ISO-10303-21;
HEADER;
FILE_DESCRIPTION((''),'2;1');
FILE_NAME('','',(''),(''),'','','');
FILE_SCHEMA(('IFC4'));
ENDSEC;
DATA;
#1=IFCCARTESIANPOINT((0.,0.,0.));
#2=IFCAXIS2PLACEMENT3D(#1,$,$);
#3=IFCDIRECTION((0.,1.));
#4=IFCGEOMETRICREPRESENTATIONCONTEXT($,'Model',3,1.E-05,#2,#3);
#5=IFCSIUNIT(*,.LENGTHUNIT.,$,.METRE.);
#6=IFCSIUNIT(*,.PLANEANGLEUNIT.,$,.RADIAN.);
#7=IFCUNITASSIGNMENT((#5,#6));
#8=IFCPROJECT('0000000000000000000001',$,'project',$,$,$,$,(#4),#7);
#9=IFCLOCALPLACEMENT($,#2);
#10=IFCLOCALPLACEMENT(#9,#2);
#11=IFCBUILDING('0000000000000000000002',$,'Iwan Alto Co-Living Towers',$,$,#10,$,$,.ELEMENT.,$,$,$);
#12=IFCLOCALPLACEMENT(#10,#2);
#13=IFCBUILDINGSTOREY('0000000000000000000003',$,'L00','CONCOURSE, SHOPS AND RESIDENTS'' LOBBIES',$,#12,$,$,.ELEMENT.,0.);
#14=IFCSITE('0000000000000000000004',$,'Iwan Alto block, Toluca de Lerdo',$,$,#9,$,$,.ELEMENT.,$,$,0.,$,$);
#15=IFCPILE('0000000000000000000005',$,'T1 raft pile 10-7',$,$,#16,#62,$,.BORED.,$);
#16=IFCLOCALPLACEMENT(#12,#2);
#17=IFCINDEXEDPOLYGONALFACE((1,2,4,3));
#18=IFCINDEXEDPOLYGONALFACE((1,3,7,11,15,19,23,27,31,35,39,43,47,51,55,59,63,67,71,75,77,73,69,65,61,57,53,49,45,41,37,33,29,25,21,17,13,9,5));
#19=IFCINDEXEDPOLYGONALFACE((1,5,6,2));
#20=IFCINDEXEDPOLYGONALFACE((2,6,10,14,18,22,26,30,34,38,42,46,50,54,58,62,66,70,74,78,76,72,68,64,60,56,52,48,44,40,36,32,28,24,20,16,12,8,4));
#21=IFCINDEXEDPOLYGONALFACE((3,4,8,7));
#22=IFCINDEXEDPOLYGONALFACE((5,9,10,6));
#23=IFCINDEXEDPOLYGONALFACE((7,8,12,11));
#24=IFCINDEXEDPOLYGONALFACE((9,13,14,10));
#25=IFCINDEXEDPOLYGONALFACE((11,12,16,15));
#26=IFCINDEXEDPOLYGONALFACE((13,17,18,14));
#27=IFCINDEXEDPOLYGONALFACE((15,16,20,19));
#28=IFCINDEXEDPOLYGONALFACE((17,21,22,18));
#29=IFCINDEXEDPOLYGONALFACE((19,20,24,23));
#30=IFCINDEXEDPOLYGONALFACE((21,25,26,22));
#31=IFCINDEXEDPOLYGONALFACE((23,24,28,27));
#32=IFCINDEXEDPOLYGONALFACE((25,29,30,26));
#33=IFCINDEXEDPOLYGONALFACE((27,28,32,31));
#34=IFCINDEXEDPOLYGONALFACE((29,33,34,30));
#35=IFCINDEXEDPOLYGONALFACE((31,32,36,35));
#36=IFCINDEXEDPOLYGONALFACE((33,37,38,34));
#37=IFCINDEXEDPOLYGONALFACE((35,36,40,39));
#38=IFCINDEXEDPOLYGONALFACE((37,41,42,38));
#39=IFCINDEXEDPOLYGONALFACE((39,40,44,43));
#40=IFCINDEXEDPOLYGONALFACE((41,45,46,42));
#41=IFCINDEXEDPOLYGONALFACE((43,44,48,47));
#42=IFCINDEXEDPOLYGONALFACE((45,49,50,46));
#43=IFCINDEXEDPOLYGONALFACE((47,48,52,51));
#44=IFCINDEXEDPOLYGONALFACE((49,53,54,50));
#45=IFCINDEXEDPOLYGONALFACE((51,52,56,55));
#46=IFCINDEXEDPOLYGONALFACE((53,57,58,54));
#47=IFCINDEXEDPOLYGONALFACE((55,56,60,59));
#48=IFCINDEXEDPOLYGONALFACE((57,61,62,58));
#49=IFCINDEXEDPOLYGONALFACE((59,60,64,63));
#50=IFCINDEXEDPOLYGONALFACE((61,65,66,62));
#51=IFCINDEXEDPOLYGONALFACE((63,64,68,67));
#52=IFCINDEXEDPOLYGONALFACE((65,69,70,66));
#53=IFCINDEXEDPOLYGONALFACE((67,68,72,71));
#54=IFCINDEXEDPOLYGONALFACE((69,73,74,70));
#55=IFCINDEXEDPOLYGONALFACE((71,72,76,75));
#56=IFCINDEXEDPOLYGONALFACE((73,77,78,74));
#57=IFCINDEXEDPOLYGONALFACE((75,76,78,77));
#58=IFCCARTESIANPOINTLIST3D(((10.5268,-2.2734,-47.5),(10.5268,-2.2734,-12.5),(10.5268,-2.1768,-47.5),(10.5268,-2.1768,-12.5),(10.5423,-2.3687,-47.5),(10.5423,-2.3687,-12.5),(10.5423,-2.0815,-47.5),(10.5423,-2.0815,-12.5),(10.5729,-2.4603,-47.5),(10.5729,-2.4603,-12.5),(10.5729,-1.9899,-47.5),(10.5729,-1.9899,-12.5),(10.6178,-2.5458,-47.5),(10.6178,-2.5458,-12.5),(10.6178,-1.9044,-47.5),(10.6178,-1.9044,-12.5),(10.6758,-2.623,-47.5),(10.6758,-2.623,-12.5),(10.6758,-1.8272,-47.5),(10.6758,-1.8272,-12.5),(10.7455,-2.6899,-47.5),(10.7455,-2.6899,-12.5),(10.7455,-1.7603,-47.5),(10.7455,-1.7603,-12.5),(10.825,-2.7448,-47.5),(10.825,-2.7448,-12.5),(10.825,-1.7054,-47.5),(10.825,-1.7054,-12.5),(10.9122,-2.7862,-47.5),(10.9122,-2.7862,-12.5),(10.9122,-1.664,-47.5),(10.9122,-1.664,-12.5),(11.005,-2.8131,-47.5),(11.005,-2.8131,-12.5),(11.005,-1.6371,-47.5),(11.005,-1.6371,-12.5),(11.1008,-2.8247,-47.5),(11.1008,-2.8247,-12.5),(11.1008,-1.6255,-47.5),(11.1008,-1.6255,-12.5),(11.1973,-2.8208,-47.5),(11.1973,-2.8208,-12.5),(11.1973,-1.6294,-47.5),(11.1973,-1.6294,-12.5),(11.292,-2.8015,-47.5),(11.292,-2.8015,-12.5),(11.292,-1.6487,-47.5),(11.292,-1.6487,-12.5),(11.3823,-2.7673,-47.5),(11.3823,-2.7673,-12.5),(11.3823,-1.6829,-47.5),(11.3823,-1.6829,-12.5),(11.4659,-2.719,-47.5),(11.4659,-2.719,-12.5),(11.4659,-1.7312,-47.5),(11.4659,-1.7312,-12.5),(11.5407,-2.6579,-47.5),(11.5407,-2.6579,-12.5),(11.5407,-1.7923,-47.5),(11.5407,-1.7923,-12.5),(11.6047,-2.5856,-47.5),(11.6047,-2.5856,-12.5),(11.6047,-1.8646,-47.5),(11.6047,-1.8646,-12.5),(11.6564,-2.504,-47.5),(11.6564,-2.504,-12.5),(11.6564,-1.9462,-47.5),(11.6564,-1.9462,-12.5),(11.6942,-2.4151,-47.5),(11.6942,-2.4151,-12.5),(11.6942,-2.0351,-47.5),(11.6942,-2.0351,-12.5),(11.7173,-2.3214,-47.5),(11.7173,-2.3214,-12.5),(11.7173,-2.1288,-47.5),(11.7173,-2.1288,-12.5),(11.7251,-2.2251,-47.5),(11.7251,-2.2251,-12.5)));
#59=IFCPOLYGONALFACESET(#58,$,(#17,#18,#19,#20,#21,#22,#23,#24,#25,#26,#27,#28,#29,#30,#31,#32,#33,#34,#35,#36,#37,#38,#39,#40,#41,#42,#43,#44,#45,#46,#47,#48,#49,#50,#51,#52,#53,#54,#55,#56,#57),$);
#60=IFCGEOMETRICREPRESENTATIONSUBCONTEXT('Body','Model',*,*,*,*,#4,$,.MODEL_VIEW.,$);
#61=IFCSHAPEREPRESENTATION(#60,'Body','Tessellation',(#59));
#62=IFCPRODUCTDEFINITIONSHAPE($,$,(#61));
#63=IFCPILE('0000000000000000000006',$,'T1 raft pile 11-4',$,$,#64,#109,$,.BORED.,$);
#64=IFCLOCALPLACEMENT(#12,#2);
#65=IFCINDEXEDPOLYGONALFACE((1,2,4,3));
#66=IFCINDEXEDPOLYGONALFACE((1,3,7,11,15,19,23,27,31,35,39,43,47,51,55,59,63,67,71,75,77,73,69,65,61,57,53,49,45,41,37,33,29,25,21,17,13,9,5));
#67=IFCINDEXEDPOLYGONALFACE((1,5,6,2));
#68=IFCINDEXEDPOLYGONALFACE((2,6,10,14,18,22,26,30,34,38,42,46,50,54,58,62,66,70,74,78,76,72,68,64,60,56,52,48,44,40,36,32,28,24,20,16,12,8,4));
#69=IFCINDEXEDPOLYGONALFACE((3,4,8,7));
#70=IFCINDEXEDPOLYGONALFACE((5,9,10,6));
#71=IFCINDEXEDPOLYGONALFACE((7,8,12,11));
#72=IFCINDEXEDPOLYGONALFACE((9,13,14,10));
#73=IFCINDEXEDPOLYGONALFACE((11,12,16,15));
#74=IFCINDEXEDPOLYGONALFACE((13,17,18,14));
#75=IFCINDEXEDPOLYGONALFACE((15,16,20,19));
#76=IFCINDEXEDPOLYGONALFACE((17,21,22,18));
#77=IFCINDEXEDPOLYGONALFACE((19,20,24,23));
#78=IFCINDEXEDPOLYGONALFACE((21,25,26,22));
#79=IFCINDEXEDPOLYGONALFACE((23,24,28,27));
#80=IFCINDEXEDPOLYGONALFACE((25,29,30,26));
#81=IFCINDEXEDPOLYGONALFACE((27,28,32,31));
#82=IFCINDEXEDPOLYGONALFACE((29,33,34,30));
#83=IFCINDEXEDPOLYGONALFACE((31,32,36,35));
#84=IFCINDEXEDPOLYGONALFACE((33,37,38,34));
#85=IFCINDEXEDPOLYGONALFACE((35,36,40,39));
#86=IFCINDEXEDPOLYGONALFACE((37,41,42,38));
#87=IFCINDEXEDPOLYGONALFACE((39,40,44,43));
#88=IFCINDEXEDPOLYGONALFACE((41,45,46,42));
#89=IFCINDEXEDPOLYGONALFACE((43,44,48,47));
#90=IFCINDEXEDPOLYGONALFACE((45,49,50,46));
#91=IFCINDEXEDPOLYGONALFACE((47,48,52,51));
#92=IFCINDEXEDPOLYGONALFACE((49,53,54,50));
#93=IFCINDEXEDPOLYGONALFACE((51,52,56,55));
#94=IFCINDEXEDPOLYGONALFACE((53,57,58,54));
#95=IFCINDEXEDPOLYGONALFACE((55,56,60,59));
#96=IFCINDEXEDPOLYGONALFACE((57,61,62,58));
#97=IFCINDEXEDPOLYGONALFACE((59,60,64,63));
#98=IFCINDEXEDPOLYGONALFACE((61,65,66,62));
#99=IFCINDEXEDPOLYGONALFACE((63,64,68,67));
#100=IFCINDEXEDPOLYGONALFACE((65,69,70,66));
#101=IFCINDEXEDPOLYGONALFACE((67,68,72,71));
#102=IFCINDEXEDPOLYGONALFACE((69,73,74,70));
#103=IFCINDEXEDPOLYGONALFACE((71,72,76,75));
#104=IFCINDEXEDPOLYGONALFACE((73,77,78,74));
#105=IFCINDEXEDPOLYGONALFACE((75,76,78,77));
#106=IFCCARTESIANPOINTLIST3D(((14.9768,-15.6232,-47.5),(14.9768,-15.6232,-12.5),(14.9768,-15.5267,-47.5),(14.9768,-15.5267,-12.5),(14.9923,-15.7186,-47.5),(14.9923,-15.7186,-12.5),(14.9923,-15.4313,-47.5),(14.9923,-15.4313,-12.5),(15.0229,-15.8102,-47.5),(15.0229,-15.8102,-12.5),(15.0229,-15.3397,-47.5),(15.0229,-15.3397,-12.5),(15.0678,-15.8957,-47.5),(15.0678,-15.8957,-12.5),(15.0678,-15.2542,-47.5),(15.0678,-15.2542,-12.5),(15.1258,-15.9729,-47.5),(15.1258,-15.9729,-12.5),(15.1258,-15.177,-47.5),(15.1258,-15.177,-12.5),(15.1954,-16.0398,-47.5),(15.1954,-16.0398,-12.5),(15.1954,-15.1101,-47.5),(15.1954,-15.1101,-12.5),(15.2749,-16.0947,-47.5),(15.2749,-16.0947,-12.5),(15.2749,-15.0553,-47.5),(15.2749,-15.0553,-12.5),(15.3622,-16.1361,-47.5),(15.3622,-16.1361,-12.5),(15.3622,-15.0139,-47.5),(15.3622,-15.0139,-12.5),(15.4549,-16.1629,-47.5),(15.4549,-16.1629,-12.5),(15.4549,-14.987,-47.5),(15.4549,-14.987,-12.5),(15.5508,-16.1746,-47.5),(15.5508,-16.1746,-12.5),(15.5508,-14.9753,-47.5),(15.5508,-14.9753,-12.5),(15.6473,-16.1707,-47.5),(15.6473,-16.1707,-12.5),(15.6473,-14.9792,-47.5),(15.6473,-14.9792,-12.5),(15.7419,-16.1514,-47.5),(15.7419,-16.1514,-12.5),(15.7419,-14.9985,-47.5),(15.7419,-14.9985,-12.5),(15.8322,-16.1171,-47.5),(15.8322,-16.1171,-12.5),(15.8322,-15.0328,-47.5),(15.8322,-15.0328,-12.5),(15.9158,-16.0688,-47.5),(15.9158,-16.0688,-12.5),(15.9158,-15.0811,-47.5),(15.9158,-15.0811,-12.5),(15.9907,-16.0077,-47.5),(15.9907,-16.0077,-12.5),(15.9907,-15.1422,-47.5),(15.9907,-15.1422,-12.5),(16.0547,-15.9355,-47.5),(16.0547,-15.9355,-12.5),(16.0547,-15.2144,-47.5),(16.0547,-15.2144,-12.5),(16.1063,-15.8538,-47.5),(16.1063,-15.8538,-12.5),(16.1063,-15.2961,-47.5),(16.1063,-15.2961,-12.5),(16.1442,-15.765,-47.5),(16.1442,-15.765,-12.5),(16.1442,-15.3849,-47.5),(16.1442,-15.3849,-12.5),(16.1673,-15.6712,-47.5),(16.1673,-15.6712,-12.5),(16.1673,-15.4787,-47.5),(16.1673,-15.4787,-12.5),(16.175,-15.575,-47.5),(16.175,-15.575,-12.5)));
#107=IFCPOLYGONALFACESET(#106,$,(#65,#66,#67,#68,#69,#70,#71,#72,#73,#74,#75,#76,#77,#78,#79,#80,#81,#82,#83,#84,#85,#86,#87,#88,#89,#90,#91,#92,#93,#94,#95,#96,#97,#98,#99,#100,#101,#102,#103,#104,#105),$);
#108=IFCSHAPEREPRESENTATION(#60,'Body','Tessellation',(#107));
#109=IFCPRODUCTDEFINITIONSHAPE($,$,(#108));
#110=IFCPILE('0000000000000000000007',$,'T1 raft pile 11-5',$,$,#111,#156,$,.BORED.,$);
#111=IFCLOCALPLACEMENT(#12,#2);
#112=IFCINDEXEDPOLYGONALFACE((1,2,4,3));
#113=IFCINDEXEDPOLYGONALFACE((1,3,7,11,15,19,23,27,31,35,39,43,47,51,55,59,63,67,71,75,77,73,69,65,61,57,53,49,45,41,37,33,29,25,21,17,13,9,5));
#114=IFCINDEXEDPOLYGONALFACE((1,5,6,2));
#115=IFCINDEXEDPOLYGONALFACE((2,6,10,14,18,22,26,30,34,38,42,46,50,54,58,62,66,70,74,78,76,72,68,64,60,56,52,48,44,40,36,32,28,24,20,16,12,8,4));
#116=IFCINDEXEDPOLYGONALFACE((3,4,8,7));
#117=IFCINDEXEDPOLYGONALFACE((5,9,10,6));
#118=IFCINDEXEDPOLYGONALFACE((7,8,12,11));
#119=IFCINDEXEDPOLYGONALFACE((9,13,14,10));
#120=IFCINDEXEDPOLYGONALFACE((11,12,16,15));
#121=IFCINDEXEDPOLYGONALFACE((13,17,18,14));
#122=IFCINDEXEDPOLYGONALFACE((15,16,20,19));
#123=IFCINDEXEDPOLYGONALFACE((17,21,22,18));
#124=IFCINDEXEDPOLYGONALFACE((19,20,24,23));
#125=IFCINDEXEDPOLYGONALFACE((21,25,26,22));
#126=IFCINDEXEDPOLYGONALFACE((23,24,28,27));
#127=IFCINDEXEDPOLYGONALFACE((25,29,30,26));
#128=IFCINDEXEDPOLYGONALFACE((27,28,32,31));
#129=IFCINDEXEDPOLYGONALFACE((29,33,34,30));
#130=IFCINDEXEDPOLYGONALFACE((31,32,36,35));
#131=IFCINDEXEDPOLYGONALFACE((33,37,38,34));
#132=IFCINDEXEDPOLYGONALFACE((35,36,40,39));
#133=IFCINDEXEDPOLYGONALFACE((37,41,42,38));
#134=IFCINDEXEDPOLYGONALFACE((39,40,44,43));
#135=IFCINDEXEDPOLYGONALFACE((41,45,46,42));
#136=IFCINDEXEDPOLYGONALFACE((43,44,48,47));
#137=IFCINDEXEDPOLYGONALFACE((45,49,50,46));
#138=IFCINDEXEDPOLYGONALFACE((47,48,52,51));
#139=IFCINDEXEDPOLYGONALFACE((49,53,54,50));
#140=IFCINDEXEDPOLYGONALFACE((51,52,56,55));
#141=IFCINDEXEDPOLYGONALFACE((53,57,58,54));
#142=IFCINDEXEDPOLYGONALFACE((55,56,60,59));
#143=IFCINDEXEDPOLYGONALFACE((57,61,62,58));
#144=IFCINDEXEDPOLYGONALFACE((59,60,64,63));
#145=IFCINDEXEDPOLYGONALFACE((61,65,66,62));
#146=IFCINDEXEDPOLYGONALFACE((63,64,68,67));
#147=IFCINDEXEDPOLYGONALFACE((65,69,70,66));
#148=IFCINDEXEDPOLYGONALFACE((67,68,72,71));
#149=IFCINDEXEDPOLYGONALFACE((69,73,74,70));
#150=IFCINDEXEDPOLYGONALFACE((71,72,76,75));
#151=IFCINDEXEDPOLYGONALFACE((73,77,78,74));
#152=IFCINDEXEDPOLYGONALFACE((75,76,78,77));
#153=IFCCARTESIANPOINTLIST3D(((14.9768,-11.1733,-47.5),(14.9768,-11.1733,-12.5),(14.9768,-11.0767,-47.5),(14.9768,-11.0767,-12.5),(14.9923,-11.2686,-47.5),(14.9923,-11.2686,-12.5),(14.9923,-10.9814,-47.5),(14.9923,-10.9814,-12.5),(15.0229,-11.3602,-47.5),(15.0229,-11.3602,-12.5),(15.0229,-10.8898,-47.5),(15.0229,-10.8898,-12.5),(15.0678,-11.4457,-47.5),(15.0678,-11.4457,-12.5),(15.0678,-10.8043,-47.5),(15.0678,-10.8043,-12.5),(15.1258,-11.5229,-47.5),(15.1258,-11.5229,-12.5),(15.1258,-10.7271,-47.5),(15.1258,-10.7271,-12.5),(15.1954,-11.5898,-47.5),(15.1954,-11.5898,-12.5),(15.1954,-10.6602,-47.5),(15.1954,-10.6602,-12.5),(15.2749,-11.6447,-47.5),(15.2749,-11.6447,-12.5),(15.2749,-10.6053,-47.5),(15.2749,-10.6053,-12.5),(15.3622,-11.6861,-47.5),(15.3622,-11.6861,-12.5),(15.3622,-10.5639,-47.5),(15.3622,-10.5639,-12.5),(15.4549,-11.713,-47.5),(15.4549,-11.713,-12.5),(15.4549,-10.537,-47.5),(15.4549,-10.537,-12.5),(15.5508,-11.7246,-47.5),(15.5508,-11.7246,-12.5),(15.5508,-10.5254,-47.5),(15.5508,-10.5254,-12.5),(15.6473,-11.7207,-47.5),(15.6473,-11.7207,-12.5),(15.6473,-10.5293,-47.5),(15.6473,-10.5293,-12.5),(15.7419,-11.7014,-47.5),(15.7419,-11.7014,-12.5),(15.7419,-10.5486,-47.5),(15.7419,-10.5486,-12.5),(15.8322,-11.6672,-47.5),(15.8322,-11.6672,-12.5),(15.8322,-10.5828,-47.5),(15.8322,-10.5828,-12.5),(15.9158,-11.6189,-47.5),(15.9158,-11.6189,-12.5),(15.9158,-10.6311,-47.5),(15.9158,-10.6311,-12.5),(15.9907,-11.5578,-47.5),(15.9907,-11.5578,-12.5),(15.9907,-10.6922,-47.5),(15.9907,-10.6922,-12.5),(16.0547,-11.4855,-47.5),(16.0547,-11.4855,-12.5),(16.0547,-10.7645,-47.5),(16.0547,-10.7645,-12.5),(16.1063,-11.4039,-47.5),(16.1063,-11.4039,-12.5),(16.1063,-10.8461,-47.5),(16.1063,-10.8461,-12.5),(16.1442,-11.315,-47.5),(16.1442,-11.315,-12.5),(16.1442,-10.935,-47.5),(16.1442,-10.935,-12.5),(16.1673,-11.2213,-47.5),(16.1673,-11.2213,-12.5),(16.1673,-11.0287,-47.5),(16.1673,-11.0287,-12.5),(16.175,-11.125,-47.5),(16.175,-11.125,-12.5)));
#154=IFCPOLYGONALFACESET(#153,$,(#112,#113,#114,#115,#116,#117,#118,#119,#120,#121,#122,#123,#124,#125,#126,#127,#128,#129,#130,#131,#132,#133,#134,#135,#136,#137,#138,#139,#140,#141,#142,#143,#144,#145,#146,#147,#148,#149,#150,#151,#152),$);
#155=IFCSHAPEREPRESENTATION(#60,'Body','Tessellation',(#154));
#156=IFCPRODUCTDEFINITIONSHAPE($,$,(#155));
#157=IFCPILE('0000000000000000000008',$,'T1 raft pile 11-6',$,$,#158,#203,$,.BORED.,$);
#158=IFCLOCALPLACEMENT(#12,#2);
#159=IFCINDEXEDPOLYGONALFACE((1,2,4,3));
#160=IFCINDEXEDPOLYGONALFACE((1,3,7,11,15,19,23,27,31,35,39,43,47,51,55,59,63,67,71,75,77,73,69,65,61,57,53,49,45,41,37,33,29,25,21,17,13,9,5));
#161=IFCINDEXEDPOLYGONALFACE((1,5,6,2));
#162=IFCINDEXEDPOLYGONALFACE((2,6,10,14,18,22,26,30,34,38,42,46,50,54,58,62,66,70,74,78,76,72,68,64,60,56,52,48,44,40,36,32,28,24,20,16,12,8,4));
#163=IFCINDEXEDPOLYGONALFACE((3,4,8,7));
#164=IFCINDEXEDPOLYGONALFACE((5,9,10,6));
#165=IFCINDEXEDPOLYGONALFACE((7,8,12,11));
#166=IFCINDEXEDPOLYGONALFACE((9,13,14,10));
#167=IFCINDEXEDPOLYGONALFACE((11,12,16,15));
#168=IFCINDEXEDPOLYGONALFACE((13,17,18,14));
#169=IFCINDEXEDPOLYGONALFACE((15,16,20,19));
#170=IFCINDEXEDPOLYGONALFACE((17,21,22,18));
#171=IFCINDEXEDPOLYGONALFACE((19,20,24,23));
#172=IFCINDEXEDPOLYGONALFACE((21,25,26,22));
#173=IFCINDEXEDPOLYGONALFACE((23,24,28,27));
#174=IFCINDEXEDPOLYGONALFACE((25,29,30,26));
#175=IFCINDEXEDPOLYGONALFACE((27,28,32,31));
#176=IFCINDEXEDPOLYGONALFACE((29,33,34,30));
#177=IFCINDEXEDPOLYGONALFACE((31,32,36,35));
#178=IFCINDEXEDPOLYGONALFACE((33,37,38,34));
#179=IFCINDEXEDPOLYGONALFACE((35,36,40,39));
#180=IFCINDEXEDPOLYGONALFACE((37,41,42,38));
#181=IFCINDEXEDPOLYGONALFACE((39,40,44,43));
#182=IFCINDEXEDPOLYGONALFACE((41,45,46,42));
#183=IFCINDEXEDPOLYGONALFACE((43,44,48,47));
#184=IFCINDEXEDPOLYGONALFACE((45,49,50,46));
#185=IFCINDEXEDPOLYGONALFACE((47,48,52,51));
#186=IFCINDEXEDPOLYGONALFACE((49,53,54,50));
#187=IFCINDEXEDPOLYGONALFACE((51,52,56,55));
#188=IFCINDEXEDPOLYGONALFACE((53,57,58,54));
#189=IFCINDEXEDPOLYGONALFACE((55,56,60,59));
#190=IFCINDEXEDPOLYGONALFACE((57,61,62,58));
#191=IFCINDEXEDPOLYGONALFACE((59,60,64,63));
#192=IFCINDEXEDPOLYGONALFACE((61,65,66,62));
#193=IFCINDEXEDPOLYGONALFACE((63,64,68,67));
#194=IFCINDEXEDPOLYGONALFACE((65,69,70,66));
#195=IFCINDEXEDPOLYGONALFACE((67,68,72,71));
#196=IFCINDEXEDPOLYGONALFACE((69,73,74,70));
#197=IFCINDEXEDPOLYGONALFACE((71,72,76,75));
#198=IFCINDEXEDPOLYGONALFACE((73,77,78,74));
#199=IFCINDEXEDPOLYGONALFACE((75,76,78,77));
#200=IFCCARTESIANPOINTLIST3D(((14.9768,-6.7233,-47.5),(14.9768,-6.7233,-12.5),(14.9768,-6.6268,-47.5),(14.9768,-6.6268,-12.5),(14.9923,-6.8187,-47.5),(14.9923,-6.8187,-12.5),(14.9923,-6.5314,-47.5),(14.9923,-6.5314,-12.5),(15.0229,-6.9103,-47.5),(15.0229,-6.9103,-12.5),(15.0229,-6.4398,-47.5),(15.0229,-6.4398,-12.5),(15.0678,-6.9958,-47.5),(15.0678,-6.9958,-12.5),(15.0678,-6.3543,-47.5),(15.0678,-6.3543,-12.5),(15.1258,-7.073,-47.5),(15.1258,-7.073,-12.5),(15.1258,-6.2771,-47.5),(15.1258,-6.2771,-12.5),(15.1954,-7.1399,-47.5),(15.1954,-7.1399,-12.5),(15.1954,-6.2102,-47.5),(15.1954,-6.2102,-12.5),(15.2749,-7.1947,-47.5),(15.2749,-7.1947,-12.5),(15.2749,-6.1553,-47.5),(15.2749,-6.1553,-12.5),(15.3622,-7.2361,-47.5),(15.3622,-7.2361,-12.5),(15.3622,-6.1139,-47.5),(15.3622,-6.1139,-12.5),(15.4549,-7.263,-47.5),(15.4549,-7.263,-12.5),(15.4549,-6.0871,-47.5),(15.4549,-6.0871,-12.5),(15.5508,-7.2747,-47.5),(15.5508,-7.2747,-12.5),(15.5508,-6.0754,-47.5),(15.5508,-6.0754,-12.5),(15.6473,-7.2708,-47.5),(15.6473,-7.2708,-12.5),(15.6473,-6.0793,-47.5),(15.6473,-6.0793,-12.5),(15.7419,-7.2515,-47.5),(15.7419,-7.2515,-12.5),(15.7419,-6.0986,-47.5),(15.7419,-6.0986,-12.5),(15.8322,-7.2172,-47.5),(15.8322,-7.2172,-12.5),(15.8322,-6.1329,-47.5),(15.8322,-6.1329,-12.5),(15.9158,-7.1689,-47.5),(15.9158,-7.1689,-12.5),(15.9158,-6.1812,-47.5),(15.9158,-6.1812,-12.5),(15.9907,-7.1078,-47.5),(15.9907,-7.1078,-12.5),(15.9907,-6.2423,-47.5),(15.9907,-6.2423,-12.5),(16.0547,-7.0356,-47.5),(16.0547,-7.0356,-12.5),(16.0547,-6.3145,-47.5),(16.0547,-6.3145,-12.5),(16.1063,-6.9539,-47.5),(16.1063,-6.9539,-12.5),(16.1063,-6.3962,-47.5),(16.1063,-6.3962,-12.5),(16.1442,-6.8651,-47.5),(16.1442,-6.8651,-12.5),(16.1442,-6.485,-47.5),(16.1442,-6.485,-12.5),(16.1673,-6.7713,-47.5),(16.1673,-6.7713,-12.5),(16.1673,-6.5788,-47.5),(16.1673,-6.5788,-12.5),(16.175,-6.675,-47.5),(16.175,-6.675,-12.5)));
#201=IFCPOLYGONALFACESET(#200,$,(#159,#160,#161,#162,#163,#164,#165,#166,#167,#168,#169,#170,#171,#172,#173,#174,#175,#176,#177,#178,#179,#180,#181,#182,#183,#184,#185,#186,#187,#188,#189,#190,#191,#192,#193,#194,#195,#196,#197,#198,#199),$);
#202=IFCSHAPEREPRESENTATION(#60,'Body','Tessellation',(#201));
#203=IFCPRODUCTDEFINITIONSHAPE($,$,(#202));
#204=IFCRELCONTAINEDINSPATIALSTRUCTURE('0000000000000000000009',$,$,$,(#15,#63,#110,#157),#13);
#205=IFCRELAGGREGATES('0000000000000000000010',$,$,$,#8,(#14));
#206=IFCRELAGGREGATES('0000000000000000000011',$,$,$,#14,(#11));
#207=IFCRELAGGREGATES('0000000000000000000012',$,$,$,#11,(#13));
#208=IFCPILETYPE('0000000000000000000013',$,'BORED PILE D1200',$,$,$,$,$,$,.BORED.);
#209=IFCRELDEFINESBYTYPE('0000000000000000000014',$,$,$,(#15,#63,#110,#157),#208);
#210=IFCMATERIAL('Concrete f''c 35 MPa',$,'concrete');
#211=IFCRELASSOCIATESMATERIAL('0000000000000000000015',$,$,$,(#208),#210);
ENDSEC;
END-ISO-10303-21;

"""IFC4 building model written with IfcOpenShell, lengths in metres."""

from ifc_helpers import new_model, si_unit, direction, frame, origin, origin_2d, place, context, subcontext, project, spatial, circle, extrude, material, material_profile, profile_set, type_object, element, save


model = new_model("IFC4")

# Units and contexts
model_context = context("Model", 3, precision=1e-05, world=origin(), true_north=direction((0.0, 1.0)))
body_context = subcontext(model_context, "Body", "Model", "MODEL_VIEW")
ifc_project = project(units=[si_unit("LENGTHUNIT", "METRE"), si_unit("PLANEANGLEUNIT", "RADIAN")], contexts=[model_context])

# Site, building, storey
site_placement = place(None, origin())
site = spatial("IfcSite", under=ifc_project, at=site_placement, Name="Iwan Alto block, Toluca de Lerdo", CompositionType="ELEMENT", RefElevation=0.0)
building_placement = place(site_placement, origin())
building = spatial("IfcBuilding", under=site, at=building_placement, Name="Iwan Alto Co-Living Towers", CompositionType="ELEMENT")
storey_placement = place(building_placement, origin())
storey = spatial("IfcBuildingStorey", under=building, at=storey_placement, Name="L00", Description="CONCOURSE, SHOPS AND RESIDENTS' LOBBIES", CompositionType="ELEMENT", Elevation=0.0)

# Piles
ifc_material_1 = material(Name="Concrete f'c 35 MPa", Category="concrete")
ifc_material_profile_1 = material_profile(ifc_material_1, circle(Radius=0.6001, at=origin_2d()), Name="D1200")
ifc_profile_set_1 = profile_set([ifc_material_profile_1], Name="Concrete f'c 35 MPa")
pile_type = type_object("IfcPileType", Name="BORED PILE D1200", PredefinedType="BORED", material=ifc_profile_set_1)
for number, where, z_axis, x_axis, name in (
    (1, (11.125, -2.2251, -12.5), (0.0, 0.0, -1.0), (1.0, 0.0, 0.0), "T1 raft pile 10-7"),
    (2, (15.575, -15.575, -12.5), (0.0, 0.0, -1.0), (1.0, 0.0, 0.0), "T1 raft pile 11-4"),
    (3, (15.575, -11.125, -12.5), (0.0, 0.0, -1.0), (1.0, 0.0, 0.0), "T1 raft pile 11-5"),
    (4, (15.575, -6.675, -12.5), (0.0, 0.0, -1.0), (1.0, 0.0, 0.0), "T1 raft pile 11-6"),
):
    element("IfcPile", number, at=place(storey_placement, frame(where, z_axis=z_axis, x_axis=x_axis)), inside=storey, type_object=pile_type, Name=name, PredefinedType="BORED", context=body_context, shape_type="SweptSolid", body=[
        extrude(circle(Radius=0.6001, at=origin_2d()), origin(), (0.0, 0.0, 1.0), 35.0),
    ])

save(model, "model.ifc")
